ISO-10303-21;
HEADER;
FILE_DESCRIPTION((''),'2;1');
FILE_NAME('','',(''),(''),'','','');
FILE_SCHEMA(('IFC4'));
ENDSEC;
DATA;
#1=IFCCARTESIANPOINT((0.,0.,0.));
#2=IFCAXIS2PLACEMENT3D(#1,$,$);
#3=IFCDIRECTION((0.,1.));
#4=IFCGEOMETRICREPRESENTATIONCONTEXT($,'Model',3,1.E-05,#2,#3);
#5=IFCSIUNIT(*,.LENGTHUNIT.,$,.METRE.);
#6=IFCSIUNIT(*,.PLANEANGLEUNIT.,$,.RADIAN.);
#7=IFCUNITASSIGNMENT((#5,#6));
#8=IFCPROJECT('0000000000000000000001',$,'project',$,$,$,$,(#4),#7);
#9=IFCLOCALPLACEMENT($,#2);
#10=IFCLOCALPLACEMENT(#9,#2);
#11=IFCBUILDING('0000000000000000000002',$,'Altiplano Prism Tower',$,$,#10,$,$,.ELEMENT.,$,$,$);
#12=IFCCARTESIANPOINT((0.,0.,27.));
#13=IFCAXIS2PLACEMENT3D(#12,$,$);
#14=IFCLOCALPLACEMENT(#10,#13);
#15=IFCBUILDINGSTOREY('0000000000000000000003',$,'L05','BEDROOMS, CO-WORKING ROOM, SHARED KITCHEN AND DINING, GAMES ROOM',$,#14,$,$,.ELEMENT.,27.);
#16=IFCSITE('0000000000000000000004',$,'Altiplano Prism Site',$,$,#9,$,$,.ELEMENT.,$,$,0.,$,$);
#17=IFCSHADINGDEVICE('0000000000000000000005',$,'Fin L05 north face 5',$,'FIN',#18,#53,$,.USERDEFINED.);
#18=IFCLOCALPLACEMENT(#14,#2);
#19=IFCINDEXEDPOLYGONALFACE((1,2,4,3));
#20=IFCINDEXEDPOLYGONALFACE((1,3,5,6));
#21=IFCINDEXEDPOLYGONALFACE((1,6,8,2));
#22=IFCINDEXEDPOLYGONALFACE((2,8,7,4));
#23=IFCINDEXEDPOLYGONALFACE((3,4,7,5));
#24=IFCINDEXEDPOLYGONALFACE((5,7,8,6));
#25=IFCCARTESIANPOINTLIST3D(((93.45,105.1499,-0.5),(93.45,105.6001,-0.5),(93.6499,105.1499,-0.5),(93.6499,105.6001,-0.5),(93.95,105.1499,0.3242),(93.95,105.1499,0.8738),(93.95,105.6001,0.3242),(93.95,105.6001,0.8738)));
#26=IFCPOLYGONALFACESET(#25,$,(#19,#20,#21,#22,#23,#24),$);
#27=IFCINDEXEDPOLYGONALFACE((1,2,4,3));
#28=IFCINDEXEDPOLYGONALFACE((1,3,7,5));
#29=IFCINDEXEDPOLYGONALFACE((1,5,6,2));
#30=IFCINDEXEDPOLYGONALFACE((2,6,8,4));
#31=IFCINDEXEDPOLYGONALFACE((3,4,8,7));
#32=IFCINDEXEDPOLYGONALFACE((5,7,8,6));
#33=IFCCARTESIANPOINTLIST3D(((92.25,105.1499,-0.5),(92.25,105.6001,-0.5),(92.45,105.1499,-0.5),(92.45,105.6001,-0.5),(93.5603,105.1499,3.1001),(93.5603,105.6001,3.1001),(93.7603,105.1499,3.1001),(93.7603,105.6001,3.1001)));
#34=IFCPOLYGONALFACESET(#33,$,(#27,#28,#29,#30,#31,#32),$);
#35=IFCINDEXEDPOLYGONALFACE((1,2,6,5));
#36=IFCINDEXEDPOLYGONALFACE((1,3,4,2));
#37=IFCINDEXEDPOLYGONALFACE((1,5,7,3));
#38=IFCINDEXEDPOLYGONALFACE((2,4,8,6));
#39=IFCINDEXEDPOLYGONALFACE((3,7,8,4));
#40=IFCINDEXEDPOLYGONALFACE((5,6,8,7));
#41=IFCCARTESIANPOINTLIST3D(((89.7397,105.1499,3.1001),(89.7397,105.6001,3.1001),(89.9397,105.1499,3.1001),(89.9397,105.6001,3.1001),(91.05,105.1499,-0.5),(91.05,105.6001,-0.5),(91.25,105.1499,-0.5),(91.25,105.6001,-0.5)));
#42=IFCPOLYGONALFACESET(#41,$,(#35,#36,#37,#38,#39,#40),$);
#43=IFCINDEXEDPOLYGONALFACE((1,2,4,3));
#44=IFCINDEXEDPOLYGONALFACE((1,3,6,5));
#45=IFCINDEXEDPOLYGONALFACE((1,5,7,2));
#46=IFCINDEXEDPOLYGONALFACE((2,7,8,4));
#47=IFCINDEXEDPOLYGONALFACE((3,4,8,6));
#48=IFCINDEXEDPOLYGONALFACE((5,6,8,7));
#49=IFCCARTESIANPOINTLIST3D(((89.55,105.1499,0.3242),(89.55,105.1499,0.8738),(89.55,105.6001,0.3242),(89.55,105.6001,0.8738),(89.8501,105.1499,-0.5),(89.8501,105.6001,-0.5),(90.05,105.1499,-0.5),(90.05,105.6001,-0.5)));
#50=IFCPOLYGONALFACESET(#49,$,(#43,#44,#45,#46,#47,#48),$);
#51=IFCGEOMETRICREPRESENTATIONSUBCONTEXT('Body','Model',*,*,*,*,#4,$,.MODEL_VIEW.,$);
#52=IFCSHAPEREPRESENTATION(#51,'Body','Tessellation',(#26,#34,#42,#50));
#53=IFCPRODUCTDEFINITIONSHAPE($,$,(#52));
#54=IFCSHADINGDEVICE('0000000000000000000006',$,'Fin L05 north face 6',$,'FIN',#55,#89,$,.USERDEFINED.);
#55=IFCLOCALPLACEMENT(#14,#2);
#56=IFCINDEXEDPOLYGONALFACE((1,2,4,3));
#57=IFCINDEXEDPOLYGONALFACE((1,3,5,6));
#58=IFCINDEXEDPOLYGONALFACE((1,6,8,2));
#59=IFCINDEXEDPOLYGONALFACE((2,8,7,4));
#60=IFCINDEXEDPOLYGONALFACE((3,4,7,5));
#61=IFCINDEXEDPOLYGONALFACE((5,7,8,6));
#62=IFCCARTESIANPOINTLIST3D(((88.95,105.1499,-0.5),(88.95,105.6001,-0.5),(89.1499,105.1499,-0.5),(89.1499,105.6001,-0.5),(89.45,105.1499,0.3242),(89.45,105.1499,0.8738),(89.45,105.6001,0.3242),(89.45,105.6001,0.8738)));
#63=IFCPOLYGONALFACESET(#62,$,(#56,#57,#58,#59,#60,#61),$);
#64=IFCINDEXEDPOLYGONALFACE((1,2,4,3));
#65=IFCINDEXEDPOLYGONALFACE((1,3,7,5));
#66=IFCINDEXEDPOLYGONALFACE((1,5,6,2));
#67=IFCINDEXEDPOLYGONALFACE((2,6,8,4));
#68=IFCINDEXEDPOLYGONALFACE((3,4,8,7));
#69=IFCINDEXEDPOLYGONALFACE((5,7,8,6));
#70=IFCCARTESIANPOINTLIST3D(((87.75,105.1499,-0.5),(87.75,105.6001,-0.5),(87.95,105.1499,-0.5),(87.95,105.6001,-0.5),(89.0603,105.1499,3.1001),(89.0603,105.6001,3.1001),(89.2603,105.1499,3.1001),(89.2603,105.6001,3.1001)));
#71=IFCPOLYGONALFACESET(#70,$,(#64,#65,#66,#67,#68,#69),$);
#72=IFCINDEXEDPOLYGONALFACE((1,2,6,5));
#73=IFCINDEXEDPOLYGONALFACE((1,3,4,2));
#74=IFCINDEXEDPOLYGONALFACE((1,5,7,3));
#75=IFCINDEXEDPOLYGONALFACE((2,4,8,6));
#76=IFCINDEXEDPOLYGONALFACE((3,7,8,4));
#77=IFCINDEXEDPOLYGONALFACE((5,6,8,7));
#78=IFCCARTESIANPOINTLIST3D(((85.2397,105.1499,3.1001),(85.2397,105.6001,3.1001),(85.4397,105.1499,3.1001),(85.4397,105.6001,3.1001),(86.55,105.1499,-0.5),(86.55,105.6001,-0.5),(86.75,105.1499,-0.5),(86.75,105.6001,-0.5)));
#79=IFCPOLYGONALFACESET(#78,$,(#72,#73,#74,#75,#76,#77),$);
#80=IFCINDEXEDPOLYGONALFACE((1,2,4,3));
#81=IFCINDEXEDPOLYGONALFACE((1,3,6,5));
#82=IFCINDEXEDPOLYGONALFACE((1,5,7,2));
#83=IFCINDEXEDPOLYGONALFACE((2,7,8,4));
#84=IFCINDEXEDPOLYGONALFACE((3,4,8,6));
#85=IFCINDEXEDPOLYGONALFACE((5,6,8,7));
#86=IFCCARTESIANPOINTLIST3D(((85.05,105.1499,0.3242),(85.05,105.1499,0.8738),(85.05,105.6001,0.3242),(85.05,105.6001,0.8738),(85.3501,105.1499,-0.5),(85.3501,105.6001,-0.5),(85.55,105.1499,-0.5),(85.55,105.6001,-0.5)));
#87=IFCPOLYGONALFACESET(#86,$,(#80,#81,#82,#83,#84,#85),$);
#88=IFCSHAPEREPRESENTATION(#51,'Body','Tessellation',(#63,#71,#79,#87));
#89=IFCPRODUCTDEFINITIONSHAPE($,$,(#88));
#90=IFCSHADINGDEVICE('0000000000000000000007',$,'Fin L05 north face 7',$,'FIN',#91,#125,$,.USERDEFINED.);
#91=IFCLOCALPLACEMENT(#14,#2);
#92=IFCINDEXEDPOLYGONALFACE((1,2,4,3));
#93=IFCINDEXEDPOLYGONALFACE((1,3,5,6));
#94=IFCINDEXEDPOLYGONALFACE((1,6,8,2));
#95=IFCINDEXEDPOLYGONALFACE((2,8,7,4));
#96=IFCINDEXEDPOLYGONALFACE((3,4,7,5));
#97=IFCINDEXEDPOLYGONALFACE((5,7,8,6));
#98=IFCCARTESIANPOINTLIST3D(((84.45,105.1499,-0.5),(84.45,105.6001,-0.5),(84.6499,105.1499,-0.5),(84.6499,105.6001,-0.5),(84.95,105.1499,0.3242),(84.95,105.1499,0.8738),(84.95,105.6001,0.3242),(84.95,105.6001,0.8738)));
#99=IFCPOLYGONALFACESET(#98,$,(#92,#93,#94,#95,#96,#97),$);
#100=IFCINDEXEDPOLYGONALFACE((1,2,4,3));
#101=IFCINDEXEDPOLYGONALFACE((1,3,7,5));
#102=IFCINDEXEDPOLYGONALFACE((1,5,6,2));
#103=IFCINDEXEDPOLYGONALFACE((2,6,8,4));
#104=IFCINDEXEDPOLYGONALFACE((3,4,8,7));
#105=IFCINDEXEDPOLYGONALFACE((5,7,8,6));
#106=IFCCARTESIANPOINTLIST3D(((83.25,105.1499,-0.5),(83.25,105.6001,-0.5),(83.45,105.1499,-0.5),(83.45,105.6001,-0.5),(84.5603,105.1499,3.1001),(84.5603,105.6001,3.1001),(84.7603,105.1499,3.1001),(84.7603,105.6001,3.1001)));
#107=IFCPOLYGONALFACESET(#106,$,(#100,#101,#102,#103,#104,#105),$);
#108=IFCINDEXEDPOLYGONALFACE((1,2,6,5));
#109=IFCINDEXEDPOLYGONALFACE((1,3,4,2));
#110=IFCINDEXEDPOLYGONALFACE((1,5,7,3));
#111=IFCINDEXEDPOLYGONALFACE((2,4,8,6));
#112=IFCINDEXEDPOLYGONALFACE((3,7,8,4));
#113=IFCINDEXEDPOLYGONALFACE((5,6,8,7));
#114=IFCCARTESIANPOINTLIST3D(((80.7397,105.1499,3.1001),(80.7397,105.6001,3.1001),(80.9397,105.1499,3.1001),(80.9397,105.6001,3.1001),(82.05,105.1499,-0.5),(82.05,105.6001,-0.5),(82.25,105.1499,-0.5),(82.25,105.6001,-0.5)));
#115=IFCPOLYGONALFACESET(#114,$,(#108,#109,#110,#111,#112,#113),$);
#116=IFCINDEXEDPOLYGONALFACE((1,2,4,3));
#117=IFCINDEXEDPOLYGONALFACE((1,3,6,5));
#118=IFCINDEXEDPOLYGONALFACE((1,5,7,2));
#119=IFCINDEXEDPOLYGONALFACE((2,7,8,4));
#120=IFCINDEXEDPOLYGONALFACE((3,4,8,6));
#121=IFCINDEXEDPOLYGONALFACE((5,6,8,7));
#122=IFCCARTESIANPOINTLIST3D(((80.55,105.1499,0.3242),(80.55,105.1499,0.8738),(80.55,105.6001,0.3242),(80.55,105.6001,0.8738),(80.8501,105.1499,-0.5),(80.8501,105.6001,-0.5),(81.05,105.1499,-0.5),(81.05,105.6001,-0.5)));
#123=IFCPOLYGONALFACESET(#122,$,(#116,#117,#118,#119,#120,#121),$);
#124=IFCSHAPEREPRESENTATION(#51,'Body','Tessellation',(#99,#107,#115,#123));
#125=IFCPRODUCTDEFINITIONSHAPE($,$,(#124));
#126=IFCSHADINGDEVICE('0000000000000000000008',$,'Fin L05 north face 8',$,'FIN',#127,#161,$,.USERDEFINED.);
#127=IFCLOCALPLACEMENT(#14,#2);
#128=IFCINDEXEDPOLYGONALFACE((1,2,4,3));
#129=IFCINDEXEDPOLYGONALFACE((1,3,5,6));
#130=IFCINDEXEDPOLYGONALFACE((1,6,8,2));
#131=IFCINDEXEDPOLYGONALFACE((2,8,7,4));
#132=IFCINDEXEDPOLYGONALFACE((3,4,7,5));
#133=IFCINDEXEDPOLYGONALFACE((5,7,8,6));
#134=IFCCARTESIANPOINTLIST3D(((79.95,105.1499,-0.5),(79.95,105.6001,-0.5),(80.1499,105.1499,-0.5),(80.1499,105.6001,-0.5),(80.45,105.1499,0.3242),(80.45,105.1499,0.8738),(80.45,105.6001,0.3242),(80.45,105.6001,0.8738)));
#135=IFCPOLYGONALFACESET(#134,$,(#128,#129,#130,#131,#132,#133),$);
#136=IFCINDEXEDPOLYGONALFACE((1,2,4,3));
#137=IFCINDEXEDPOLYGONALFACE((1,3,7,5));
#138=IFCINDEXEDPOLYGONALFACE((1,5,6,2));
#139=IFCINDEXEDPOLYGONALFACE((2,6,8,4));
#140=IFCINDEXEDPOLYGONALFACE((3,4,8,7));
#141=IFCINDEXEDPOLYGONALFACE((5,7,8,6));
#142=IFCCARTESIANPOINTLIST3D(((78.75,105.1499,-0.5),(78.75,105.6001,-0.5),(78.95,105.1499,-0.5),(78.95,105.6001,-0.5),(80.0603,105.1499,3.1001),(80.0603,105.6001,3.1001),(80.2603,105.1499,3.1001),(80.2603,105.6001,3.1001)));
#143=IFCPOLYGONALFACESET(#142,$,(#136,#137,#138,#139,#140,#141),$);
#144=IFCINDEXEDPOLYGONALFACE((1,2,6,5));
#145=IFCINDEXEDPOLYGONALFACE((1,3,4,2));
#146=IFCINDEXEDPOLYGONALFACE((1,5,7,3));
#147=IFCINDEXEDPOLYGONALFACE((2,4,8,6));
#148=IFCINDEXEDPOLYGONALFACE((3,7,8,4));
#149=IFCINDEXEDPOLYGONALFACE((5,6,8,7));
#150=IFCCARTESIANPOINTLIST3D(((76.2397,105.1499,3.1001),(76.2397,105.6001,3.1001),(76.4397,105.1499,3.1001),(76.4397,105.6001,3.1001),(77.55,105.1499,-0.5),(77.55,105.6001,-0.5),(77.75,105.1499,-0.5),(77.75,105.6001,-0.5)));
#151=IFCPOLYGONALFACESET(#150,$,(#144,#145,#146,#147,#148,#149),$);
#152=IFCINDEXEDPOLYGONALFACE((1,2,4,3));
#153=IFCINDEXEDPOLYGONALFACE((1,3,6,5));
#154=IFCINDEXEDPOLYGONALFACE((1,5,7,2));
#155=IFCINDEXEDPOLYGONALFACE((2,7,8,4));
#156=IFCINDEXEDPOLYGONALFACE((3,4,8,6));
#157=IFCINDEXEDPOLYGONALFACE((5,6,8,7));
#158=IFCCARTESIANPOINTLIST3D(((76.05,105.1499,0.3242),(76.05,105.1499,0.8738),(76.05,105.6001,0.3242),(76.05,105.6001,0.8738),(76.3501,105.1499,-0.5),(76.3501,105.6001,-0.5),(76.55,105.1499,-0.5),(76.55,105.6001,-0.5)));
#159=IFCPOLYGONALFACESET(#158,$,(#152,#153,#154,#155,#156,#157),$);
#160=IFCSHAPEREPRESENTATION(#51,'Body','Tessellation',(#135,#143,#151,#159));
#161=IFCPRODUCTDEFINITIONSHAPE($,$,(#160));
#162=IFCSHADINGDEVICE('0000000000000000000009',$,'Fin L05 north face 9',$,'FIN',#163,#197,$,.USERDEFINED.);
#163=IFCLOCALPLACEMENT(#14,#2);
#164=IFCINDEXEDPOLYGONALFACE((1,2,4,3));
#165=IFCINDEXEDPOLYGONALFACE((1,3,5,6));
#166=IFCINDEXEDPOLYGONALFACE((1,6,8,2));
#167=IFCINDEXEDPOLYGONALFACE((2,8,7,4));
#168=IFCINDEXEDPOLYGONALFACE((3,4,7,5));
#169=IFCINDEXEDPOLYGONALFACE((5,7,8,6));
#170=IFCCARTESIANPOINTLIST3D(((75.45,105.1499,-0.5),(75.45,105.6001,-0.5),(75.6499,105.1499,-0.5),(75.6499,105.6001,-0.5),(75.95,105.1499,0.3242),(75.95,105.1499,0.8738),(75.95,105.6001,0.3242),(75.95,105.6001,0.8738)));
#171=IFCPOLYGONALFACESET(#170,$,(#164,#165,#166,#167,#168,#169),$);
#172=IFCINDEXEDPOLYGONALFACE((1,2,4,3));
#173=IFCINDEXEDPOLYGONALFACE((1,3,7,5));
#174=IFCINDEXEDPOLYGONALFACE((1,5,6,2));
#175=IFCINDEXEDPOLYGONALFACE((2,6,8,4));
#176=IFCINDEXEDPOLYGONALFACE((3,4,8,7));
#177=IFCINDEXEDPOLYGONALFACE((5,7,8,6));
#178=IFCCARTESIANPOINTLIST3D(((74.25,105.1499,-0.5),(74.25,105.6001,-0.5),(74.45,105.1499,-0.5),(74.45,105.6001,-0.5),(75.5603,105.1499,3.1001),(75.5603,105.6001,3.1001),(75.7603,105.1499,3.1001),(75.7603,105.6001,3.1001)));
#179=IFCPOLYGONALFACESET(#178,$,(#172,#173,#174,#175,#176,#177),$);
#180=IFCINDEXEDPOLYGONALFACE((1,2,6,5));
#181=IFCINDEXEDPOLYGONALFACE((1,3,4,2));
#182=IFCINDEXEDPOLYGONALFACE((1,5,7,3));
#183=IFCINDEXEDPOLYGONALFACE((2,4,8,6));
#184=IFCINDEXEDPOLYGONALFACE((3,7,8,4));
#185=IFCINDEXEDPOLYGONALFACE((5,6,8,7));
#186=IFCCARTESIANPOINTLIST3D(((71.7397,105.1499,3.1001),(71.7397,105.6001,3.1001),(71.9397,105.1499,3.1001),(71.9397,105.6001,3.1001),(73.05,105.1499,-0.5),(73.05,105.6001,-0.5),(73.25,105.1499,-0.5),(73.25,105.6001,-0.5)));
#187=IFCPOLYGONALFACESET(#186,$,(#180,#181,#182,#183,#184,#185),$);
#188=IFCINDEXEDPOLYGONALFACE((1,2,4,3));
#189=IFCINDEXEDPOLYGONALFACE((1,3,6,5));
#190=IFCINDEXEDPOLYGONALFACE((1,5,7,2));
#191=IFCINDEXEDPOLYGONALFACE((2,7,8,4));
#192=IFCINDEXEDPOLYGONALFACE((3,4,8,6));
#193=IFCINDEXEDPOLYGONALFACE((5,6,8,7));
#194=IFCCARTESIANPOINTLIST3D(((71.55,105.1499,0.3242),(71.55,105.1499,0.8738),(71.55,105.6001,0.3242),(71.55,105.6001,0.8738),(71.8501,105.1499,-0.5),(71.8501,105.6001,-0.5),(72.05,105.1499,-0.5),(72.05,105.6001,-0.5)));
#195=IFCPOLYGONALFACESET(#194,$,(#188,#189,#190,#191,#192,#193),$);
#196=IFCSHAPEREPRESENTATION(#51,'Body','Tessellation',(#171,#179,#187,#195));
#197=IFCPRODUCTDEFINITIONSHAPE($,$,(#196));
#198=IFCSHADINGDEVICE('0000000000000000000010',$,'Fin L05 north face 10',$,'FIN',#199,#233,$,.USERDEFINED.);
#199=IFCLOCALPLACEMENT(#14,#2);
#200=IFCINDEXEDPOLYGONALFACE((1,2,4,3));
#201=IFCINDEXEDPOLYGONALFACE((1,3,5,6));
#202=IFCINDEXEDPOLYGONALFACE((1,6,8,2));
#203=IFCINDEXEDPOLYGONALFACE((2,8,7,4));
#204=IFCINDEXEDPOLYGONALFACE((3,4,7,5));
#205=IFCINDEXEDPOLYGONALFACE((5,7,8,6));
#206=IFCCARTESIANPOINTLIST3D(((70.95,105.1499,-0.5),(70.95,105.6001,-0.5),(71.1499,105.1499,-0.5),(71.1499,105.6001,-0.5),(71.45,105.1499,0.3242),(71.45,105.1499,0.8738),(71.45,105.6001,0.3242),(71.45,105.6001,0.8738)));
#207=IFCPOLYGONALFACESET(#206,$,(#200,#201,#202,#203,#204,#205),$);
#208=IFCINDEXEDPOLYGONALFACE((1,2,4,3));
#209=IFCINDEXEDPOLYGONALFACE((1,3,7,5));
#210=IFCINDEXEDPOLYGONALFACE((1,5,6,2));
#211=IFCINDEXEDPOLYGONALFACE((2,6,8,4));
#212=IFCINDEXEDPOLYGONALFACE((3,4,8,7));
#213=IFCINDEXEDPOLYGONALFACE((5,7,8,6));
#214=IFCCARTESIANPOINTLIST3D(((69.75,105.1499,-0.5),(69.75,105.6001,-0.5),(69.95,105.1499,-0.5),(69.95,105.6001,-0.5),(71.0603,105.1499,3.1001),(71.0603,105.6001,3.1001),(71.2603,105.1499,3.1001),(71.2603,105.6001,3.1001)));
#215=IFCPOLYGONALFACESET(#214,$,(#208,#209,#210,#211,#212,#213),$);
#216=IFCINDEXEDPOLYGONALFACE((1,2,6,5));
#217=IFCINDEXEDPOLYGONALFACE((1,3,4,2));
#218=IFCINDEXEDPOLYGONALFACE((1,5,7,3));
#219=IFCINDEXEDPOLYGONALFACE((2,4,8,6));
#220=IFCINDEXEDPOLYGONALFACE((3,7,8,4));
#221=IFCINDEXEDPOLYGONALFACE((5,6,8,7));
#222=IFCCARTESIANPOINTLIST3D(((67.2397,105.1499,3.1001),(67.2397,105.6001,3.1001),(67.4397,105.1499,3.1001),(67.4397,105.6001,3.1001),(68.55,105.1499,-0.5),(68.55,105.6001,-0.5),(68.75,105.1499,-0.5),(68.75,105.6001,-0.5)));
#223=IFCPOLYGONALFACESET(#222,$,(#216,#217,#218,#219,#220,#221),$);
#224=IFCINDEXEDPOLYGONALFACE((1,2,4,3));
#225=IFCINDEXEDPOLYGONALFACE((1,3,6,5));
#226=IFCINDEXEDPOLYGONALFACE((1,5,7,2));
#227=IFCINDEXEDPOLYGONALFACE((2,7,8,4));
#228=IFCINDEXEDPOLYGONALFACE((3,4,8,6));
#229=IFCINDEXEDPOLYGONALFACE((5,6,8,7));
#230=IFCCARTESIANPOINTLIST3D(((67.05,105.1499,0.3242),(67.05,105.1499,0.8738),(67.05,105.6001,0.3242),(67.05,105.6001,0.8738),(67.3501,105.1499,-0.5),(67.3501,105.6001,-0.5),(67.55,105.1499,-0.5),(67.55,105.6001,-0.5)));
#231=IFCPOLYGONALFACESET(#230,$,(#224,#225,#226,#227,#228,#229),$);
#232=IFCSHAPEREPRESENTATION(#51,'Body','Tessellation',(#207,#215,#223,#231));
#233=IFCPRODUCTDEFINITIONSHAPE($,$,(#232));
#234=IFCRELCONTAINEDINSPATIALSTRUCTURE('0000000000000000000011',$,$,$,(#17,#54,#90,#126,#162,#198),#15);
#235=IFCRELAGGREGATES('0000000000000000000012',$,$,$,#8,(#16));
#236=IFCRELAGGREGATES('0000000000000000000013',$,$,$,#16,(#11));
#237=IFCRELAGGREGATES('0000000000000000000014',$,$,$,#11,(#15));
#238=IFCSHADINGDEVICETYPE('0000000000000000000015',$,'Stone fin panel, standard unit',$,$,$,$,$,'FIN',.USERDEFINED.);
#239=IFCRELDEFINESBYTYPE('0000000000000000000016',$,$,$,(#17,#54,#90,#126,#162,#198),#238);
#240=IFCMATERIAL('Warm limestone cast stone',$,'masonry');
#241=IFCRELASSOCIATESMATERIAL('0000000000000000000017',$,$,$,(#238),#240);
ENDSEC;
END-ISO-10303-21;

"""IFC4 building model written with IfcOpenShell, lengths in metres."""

from ifc_helpers import new_model, si_unit, direction, frame, origin, place, context, subcontext, project, spatial, polyline, outline, extrude, source, transform, mapped, material, type_object, element, save


model = new_model("IFC4")

# Units and contexts
model_context = context("Model", 3, precision=1e-05, world=origin(), true_north=direction((0.0, 1.0)))
body_context = subcontext(model_context, "Body", "Model", "MODEL_VIEW")
ifc_project = project(units=[si_unit("LENGTHUNIT", "METRE"), si_unit("PLANEANGLEUNIT", "RADIAN")], contexts=[model_context])

# Site, building, storey
site_placement = place(None, origin())
site = spatial("IfcSite", under=ifc_project, at=site_placement, Name="Altiplano Prism Site", CompositionType="ELEMENT", RefElevation=0.0)
building_placement = place(site_placement, origin())
building = spatial("IfcBuilding", under=site, at=building_placement, Name="Altiplano Prism Tower", CompositionType="ELEMENT")
storey_placement = place(building_placement, frame((0.0, 0.0, 27.0)))
storey = spatial("IfcBuildingStorey", under=building, at=storey_placement, Name="L05", Description="BEDROOMS, CO-WORKING ROOM, SHARED KITCHEN AND DINING, GAMES ROOM", CompositionType="ELEMENT", Elevation=27.0)

# Shading devices
ifc_material_1 = material(Name="Warm limestone cast stone", Category="masonry")
shading_device_type_1 = type_object("IfcShadingDeviceType", Name="Stone fin panel, standard unit", ElementType="FIN", PredefinedType="USERDEFINED", material=ifc_material_1)
shared_shape_1 = source(origin(), body_context, "Body", "SweptSolid", [
    extrude(outline(polyline([(-2.2, 1.3738), (-2.2, 0.8242), (-1.8999, 0.0), (-1.7, 0.0), (-2.2, 1.3738)])), frame((0.0, -0.1499, 0.0), z_axis=(0.0, -1.0, 0.0), x_axis=(1.0, 0.0, 0.0)), (0.0, 0.0, 1.0), 0.4502),
    extrude(outline(polyline([(-2.0103, 3.6001), (-0.7, 0.0), (-0.5, 0.0), (-1.8103, 3.6001), (-2.0103, 3.6001)])), frame((0.0, -0.1499, 0.0), z_axis=(0.0, -1.0, 0.0), x_axis=(1.0, 0.0, 0.0)), (0.0, 0.0, 1.0), 0.4502),
    extrude(outline(polyline([(1.8103, 3.6001), (0.5, 0.0), (0.7, 0.0), (2.0103, 3.6001), (1.8103, 3.6001)])), frame((0.0, -0.1499, 0.0), z_axis=(0.0, -1.0, 0.0), x_axis=(1.0, 0.0, 0.0)), (0.0, 0.0, 1.0), 0.4502),
    extrude(outline(polyline([(2.2, 0.8242), (2.2, 1.3738), (1.7, 0.0), (1.8999, 0.0), (2.2, 0.8242)])), frame((0.0, -0.1499, 0.0), z_axis=(0.0, -1.0, 0.0), x_axis=(1.0, 0.0, 0.0)), (0.0, 0.0, 1.0), 0.4502),
])
shading_device_1_placement = place(storey_placement, origin())
element("IfcShadingDevice", 1, at=shading_device_1_placement, inside=storey, type_object=shading_device_type_1, Name="Fin L05 north face 5", ObjectType="FIN", PredefinedType="USERDEFINED", context=body_context, shape_type="MappedRepresentation", body=[
    mapped(shared_shape_1, transform((91.75, 105.0, -0.5), x_axis=(-1.0, 0.0, 0.0), y_axis=(0.0, -1.0, 0.0), z_axis=(0.0, 0.0, 1.0))),
])
shading_device_2_placement = place(storey_placement, origin())
element("IfcShadingDevice", 2, at=shading_device_2_placement, inside=storey, type_object=shading_device_type_1, Name="Fin L05 north face 6", ObjectType="FIN", PredefinedType="USERDEFINED", context=body_context, shape_type="MappedRepresentation", body=[
    mapped(shared_shape_1, transform((87.25, 105.0, -0.5), x_axis=(-1.0, 0.0, 0.0), y_axis=(0.0, -1.0, 0.0), z_axis=(0.0, 0.0, 1.0))),
])
shading_device_3_placement = place(storey_placement, origin())
element("IfcShadingDevice", 3, at=shading_device_3_placement, inside=storey, type_object=shading_device_type_1, Name="Fin L05 north face 7", ObjectType="FIN", PredefinedType="USERDEFINED", context=body_context, shape_type="MappedRepresentation", body=[
    mapped(shared_shape_1, transform((82.75, 105.0, -0.5), x_axis=(-1.0, 0.0, 0.0), y_axis=(0.0, -1.0, 0.0), z_axis=(0.0, 0.0, 1.0))),
])
shading_device_4_placement = place(storey_placement, origin())
element("IfcShadingDevice", 4, at=shading_device_4_placement, inside=storey, type_object=shading_device_type_1, Name="Fin L05 north face 8", ObjectType="FIN", PredefinedType="USERDEFINED", context=body_context, shape_type="MappedRepresentation", body=[
    mapped(shared_shape_1, transform((78.25, 105.0, -0.5), x_axis=(-1.0, 0.0, 0.0), y_axis=(0.0, -1.0, 0.0), z_axis=(0.0, 0.0, 1.0))),
])
shading_device_5_placement = place(storey_placement, origin())
element("IfcShadingDevice", 5, at=shading_device_5_placement, inside=storey, type_object=shading_device_type_1, Name="Fin L05 north face 9", ObjectType="FIN", PredefinedType="USERDEFINED", context=body_context, shape_type="MappedRepresentation", body=[
    mapped(shared_shape_1, transform((73.75, 105.0, -0.5), x_axis=(-1.0, 0.0, 0.0), y_axis=(0.0, -1.0, 0.0), z_axis=(0.0, 0.0, 1.0))),
])
shading_device_6_placement = place(storey_placement, origin())
element("IfcShadingDevice", 6, at=shading_device_6_placement, inside=storey, type_object=shading_device_type_1, Name="Fin L05 north face 10", ObjectType="FIN", PredefinedType="USERDEFINED", context=body_context, shape_type="MappedRepresentation", body=[
    mapped(shared_shape_1, transform((69.25, 105.0, -0.5), x_axis=(-1.0, 0.0, 0.0), y_axis=(0.0, -1.0, 0.0), z_axis=(0.0, 0.0, 1.0))),
])

save(model, "model.ifc")
